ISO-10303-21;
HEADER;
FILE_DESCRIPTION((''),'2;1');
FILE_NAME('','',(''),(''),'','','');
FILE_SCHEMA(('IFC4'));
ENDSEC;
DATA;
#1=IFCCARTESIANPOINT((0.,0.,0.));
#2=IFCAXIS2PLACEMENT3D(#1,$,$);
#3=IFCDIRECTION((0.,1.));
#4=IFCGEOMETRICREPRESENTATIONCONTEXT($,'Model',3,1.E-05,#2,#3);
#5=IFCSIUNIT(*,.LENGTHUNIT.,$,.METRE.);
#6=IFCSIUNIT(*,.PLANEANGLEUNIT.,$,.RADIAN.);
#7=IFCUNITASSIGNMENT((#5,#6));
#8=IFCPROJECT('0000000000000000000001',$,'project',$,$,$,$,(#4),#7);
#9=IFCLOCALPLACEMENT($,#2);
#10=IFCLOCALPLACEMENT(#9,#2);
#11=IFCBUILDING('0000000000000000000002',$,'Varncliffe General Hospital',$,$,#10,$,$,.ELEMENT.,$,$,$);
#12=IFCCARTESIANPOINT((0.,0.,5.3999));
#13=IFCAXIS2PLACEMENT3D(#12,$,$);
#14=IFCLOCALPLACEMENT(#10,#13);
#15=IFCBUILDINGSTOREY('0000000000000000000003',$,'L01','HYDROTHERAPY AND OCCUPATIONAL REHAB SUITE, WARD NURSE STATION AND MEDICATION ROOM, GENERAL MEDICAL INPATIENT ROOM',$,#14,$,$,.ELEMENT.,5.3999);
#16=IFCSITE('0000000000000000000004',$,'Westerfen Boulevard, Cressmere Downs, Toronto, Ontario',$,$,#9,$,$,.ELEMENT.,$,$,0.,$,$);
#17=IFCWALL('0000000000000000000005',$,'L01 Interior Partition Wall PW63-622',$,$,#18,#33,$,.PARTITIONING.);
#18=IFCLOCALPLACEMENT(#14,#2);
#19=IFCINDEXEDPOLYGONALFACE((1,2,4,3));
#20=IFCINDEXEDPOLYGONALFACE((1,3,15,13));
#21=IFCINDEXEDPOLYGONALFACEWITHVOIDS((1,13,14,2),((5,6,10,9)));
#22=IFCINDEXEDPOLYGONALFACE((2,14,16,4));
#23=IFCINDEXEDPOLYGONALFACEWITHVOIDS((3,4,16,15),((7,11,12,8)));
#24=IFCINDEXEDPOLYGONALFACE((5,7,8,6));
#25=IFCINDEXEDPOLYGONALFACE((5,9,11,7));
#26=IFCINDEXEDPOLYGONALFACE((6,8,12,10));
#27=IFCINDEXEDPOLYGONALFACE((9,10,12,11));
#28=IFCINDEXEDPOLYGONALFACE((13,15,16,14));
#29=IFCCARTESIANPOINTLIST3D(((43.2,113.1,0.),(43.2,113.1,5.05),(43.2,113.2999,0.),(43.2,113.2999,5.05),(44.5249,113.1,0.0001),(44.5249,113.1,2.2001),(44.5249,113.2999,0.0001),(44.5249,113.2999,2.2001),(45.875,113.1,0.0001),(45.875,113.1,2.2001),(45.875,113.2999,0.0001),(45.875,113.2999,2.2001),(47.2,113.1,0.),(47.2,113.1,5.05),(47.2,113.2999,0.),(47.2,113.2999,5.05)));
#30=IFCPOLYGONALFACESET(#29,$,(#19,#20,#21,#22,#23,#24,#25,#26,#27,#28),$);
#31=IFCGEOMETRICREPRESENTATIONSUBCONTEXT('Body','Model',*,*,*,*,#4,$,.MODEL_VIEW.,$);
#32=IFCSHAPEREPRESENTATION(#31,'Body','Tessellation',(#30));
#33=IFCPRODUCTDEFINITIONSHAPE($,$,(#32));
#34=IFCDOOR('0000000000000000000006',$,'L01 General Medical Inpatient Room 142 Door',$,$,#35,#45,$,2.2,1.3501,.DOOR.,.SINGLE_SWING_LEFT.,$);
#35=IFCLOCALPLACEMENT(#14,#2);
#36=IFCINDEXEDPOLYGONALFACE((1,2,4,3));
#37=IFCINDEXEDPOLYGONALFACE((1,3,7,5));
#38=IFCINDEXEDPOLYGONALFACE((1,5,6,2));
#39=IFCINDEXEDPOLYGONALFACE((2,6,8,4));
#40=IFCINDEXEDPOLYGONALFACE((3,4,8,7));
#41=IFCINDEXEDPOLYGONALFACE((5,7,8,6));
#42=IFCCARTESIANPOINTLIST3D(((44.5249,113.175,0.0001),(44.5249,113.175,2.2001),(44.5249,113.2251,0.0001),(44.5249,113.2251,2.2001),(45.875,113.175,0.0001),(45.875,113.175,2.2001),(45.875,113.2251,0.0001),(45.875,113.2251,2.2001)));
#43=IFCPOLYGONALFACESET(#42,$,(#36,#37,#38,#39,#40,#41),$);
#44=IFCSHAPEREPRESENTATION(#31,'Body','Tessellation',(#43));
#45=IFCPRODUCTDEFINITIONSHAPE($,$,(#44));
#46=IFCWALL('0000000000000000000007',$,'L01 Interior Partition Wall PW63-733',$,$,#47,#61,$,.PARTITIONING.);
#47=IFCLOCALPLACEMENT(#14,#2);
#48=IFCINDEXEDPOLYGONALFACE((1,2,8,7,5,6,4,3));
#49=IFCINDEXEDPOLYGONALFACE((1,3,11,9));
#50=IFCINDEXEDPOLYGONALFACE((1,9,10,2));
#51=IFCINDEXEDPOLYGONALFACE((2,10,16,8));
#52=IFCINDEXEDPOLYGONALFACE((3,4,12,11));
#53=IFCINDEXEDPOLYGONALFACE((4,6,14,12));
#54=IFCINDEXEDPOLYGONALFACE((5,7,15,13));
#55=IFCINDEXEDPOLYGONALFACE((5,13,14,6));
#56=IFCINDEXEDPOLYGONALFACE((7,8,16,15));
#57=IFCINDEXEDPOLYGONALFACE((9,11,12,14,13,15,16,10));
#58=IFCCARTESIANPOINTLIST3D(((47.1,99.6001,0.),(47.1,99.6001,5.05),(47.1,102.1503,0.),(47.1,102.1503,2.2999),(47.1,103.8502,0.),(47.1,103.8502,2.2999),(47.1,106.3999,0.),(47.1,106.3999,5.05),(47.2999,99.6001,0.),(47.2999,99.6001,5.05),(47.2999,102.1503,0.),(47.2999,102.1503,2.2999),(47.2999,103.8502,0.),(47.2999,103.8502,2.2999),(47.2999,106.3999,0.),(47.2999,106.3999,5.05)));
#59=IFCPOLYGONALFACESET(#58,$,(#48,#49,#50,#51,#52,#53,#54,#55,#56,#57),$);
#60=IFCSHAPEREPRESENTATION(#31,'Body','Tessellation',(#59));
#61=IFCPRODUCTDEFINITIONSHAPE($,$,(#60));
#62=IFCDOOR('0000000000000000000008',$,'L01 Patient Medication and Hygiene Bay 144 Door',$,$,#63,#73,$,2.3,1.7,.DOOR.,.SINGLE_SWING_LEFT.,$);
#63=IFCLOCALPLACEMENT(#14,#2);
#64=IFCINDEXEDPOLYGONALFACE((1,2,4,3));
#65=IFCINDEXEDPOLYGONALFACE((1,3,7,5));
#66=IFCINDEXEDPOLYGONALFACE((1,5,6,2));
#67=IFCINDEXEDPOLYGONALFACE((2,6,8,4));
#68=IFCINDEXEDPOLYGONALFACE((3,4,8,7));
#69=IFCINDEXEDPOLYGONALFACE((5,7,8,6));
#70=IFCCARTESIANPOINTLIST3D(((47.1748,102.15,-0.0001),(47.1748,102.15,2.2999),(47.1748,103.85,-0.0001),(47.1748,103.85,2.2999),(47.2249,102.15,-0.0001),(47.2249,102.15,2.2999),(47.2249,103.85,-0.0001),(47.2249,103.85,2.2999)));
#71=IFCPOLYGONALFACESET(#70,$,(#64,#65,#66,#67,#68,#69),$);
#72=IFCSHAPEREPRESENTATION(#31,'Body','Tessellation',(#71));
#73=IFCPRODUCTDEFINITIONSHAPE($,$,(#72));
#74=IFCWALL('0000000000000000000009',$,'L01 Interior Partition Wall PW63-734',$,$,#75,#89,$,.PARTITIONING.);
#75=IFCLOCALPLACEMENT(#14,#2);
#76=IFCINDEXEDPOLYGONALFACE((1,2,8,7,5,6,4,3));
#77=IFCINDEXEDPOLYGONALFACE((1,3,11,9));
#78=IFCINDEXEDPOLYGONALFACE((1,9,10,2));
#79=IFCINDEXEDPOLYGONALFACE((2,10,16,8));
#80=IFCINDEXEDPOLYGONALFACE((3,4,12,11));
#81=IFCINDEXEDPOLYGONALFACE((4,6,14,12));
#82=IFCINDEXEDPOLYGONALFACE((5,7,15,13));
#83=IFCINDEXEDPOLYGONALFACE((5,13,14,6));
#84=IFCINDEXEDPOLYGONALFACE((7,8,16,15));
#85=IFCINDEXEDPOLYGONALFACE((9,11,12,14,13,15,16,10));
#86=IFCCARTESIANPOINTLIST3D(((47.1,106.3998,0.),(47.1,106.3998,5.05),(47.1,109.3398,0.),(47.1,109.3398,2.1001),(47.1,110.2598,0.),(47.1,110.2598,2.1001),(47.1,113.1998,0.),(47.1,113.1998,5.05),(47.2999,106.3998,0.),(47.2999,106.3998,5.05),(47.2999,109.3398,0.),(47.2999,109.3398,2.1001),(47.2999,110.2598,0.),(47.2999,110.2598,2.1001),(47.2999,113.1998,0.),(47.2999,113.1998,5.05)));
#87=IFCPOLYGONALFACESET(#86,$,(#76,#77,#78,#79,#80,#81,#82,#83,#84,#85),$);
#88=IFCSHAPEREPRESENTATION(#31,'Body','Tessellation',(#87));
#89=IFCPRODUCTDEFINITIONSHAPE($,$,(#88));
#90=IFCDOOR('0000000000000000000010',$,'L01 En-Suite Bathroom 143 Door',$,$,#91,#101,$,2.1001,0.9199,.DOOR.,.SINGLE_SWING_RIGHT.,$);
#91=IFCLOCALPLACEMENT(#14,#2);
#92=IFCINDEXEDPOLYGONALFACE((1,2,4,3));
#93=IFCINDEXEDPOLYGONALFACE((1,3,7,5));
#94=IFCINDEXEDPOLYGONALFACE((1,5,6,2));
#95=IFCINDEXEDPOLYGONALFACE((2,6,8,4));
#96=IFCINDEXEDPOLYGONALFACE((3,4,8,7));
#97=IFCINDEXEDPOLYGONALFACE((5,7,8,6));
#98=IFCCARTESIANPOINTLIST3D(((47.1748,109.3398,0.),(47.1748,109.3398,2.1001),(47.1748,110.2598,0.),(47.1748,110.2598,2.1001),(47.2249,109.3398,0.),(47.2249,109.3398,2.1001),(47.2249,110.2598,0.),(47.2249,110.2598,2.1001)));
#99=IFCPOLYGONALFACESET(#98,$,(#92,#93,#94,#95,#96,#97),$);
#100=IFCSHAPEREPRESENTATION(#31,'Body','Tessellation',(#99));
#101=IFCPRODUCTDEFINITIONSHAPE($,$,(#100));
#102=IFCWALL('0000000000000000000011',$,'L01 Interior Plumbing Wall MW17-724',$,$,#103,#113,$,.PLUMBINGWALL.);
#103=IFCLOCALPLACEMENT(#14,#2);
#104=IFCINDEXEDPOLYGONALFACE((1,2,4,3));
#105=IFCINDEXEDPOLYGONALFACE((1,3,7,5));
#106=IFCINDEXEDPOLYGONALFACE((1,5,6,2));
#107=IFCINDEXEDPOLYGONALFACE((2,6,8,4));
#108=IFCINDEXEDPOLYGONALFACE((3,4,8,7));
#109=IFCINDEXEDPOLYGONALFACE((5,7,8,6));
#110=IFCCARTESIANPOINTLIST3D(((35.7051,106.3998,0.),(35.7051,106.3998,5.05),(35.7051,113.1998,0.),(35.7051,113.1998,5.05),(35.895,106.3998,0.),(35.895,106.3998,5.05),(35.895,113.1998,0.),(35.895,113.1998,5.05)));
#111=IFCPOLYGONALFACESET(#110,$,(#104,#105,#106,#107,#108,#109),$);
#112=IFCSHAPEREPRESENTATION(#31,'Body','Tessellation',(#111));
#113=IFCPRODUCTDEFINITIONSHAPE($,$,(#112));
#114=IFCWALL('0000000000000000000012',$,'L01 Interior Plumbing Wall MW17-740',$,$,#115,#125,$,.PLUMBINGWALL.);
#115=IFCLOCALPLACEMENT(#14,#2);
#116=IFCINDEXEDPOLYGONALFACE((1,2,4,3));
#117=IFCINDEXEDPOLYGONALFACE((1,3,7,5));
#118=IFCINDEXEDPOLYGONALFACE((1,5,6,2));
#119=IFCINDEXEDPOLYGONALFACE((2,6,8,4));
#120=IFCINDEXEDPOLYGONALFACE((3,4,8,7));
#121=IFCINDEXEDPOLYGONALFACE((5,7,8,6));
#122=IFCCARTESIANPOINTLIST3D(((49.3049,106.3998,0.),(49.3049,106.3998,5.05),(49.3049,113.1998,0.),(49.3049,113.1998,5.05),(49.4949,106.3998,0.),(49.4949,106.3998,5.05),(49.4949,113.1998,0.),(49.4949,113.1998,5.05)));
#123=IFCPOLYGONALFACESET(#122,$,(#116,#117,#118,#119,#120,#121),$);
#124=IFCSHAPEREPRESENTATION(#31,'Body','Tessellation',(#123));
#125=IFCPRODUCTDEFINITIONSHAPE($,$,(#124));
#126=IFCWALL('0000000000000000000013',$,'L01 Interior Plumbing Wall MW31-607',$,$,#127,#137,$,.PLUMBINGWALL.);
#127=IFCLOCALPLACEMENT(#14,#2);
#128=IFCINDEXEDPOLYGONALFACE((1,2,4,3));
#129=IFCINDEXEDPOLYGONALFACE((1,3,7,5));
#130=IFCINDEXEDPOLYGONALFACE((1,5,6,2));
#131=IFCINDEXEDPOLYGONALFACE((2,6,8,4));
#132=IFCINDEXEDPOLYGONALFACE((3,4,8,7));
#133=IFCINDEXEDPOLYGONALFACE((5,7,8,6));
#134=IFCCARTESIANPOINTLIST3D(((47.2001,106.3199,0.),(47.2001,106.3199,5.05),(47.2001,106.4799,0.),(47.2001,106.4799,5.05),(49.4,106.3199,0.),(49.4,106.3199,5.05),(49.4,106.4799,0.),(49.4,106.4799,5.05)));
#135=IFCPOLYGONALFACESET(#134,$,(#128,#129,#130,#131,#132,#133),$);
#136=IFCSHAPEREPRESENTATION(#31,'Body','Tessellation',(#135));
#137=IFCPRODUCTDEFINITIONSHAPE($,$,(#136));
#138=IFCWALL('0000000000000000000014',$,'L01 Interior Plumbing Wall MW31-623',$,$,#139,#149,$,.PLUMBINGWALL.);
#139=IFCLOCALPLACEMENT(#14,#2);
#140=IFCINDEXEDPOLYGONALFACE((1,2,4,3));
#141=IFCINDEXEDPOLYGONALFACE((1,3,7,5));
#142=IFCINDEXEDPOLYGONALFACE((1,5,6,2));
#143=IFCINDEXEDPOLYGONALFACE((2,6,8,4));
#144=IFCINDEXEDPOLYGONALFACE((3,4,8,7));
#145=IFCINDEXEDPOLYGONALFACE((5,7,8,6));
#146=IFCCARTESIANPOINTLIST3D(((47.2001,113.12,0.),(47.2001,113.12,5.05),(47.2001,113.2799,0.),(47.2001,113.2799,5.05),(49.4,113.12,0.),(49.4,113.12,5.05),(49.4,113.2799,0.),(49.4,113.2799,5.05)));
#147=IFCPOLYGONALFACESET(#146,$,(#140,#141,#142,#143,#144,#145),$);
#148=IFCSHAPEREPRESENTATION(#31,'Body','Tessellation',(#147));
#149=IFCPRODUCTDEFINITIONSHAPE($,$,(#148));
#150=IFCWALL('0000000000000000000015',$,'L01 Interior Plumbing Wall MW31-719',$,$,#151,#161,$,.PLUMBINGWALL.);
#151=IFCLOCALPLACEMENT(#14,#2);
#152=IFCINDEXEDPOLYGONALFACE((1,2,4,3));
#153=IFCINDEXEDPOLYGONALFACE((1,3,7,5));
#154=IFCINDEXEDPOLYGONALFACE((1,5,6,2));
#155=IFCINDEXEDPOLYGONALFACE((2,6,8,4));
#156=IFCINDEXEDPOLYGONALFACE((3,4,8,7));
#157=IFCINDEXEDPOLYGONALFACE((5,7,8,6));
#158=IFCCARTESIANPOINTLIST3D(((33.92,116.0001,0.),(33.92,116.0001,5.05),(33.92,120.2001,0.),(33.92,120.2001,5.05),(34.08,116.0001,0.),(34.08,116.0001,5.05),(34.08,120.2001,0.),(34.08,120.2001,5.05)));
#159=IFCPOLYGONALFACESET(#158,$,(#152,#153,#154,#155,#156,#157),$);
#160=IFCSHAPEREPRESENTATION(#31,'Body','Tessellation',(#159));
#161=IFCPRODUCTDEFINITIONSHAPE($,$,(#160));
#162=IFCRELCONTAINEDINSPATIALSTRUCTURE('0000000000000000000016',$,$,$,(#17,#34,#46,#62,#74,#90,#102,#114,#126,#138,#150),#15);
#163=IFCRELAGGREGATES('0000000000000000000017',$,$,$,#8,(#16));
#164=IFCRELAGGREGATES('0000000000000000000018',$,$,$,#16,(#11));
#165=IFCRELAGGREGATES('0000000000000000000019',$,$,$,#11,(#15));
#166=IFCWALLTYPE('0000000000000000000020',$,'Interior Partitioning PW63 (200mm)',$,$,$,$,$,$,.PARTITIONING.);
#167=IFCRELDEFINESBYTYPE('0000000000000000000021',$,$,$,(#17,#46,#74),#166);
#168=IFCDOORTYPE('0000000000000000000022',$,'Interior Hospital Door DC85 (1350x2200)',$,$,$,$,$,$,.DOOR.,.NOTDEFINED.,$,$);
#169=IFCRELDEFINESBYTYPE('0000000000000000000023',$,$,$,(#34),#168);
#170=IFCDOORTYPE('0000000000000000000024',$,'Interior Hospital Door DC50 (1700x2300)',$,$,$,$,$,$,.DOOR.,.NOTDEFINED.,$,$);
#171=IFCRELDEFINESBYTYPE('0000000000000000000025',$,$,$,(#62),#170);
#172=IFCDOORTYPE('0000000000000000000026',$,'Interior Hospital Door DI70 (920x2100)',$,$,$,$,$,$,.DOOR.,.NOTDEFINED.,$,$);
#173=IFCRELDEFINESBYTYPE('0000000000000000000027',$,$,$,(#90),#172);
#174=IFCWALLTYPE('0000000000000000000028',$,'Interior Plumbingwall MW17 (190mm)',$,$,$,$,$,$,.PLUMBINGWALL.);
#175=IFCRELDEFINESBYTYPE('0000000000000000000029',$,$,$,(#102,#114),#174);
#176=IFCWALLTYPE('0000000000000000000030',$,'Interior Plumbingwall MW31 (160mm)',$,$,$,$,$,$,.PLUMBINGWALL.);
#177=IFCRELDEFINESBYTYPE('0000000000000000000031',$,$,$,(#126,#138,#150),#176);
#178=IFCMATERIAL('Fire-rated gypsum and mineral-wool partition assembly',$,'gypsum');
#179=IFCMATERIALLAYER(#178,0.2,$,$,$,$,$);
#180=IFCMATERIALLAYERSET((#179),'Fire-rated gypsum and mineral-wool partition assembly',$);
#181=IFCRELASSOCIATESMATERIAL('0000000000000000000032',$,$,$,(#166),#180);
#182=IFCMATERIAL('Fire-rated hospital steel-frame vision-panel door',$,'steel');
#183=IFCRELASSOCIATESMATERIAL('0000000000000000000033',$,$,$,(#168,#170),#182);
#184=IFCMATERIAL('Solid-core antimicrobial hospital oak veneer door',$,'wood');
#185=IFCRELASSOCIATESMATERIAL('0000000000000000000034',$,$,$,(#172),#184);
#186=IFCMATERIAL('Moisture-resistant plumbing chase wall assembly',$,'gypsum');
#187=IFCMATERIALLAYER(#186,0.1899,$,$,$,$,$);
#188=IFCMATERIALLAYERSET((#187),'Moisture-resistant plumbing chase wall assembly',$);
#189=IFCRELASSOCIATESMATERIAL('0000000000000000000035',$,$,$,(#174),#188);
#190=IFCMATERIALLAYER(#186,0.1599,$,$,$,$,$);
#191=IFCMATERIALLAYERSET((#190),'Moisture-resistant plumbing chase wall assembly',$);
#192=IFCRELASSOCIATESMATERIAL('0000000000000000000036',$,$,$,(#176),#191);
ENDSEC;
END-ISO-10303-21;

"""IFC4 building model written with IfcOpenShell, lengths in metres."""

from ifc_helpers import new_model, si_unit, direction, frame, frame_2d, origin, place, context, subcontext, project, spatial, rectangle, extrude, material, layer, layer_set, type_object, element, fill, save


model = new_model("IFC4")

# Units and contexts
model_context = context("Model", 3, precision=1e-05, world=origin(), true_north=direction((0.0, 1.0)))
body_context = subcontext(model_context, "Body", "Model", "MODEL_VIEW")
ifc_project = project(units=[si_unit("LENGTHUNIT", "METRE"), si_unit("PLANEANGLEUNIT", "RADIAN")], contexts=[model_context])

# Site, building, storey
site_placement = place(None, origin())
site = spatial("IfcSite", under=ifc_project, at=site_placement, Name="Westerfen Boulevard, Cressmere Downs, Toronto, Ontario", CompositionType="ELEMENT", RefElevation=0.0)
building_placement = place(site_placement, origin())
building = spatial("IfcBuilding", under=site, at=building_placement, Name="Varncliffe General Hospital", CompositionType="ELEMENT")
storey_placement = place(building_placement, frame((0.0, 0.0, 5.3999)))
storey = spatial("IfcBuildingStorey", under=building, at=storey_placement, Name="L01", Description="HYDROTHERAPY AND OCCUPATIONAL REHAB SUITE, WARD NURSE STATION AND MEDICATION ROOM, GENERAL MEDICAL INPATIENT ROOM", CompositionType="ELEMENT", Elevation=5.3999)

# Walls, openings, doors
ifc_material_1 = material(Name="Fire-rated gypsum and mineral-wool partition assembly", Category="gypsum")
ifc_layer_1 = layer(ifc_material_1, 0.2)
ifc_layer_set_1 = layer_set([ifc_layer_1], Name="Fire-rated gypsum and mineral-wool partition assembly")
wall_type_1 = type_object("IfcWallType", Name="Interior Partitioning PW63 (200mm)", PredefinedType="PARTITIONING", material=ifc_layer_set_1)
ifc_material_2 = material(Name="Fire-rated hospital steel-frame vision-panel door", Category="steel")
wall_1_placement = place(storey_placement, frame((43.2, 113.2, 0.0), z_axis=(0.0, 0.0, 1.0), x_axis=(1.0, 0.0, 0.0)))
wall_1 = element("IfcWall", 1, at=wall_1_placement, inside=storey, type_object=wall_type_1, Name="L01 Interior Partition Wall PW63-622", PredefinedType="PARTITIONING", context=body_context, shape_type="SweptSolid", body=[
    extrude(rectangle(XDim=4.0, YDim=0.2, at=frame_2d((2.0, 0.0))), origin(), (0.0, 0.0, 1.0), 5.05),
])
opening_1_placement = place(wall_1_placement, frame((1.325, 0.0, 0.0)))
opening_1 = element("IfcOpeningElement", 2, at=opening_1_placement, cuts=wall_1, PredefinedType="OPENING", context=body_context, shape_type="SweptSolid", body=[
    extrude(rectangle(XDim=1.3501, YDim=2.2, at=frame_2d((0.675, 1.1001))), frame((0.0, 0.1099, 0.0), z_axis=(0.0, -1.0, 0.0), x_axis=(1.0, 0.0, 0.0)), (0.0, 0.0, 1.0), 0.22),
])
door_type_1 = type_object("IfcDoorType", Name="Interior Hospital Door DC85 (1350x2200)", OperationType="NOTDEFINED", PredefinedType="DOOR", material=ifc_material_2)
door_1_placement = place(opening_1_placement, frame((1.3501, 0.0, 0.0), z_axis=(0.0, 0.0, 1.0), x_axis=(-1.0, 0.0, 0.0)))
door_1 = element("IfcDoor", 3, at=door_1_placement, inside=storey, type_object=door_type_1, Name="L01 General Medical Inpatient Room 142 Door", OperationType="SINGLE_SWING_LEFT", OverallHeight=2.2, OverallWidth=1.3501, PredefinedType="DOOR", context=body_context, shape_type="SweptSolid", body=[
    extrude(rectangle(XDim=1.3501, YDim=2.2, at=frame_2d((0.675, 1.1001))), frame((0.0, 0.0249, 0.0), z_axis=(0.0, -1.0, 0.0), x_axis=(1.0, 0.0, 0.0)), (0.0, 0.0, 1.0), 0.05),
])
fill(opening_1, door_1)
wall_2_placement = place(storey_placement, frame((47.2, 99.6001, 0.0), z_axis=(0.0, 0.0, 1.0), x_axis=(0.0, 1.0, 0.0)))
wall_2 = element("IfcWall", 4, at=wall_2_placement, inside=storey, type_object=wall_type_1, Name="L01 Interior Partition Wall PW63-733", PredefinedType="PARTITIONING", context=body_context, shape_type="SweptSolid", body=[
    extrude(rectangle(XDim=6.7998, YDim=0.2, at=frame_2d((3.3999, 0.0))), origin(), (0.0, 0.0, 1.0), 5.05),
])
opening_2_placement = place(wall_2_placement, frame((2.55, 0.0, 0.0)))
opening_2 = element("IfcOpeningElement", 5, at=opening_2_placement, cuts=wall_2, PredefinedType="OPENING", context=body_context, shape_type="SweptSolid", body=[
    extrude(rectangle(XDim=1.7, YDim=2.3, at=frame_2d((0.8501, 1.1499))), frame((0.0, 0.1099, 0.0), z_axis=(0.0, -1.0, 0.0), x_axis=(1.0, 0.0, 0.0)), (0.0, 0.0, 1.0), 0.22),
])
door_type_2 = type_object("IfcDoorType", Name="Interior Hospital Door DC50 (1700x2300)", OperationType="NOTDEFINED", PredefinedType="DOOR", material=ifc_material_2)
door_2_placement = place(opening_2_placement, frame((1.7, 0.0, 0.0), z_axis=(0.0, 0.0, 1.0), x_axis=(-1.0, 0.0, 0.0)))
door_2 = element("IfcDoor", 6, at=door_2_placement, inside=storey, type_object=door_type_2, Name="L01 Patient Medication and Hygiene Bay 144 Door", OperationType="SINGLE_SWING_LEFT", OverallHeight=2.3, OverallWidth=1.7, PredefinedType="DOOR", context=body_context, shape_type="SweptSolid", body=[
    extrude(rectangle(XDim=1.7, YDim=2.3, at=frame_2d((0.8501, 1.1499))), frame((0.0, 0.0249, 0.0), z_axis=(0.0, -1.0, 0.0), x_axis=(1.0, 0.0, 0.0)), (0.0, 0.0, 1.0), 0.05),
])
fill(opening_2, door_2)
wall_3_placement = place(storey_placement, frame((47.2, 106.3999, 0.0), z_axis=(0.0, 0.0, 1.0), x_axis=(0.0, 1.0, 0.0)))
wall_3 = element("IfcWall", 7, at=wall_3_placement, inside=storey, type_object=wall_type_1, Name="L01 Interior Partition Wall PW63-734", PredefinedType="PARTITIONING", context=body_context, shape_type="SweptSolid", body=[
    extrude(rectangle(XDim=6.8, YDim=0.2, at=frame_2d((3.3999, 0.0))), origin(), (0.0, 0.0, 1.0), 5.05),
])
opening_3_placement = place(wall_3_placement, frame((2.9399, 0.0, 0.0)))
opening_3 = element("IfcOpeningElement", 8, at=opening_3_placement, cuts=wall_3, PredefinedType="OPENING", context=body_context, shape_type="SweptSolid", body=[
    extrude(rectangle(XDim=0.9199, YDim=2.1001, at=frame_2d((0.46, 1.05))), frame((0.0, 0.1099, 0.0), z_axis=(0.0, -1.0, 0.0), x_axis=(1.0, 0.0, 0.0)), (0.0, 0.0, 1.0), 0.22),
])
ifc_material_3 = material(Name="Solid-core antimicrobial hospital oak veneer door", Category="wood")
door_type_3 = type_object("IfcDoorType", Name="Interior Hospital Door DI70 (920x2100)", OperationType="NOTDEFINED", PredefinedType="DOOR", material=ifc_material_3)
door_3_placement = place(opening_3_placement, frame((0.9199, 0.0, 0.0), z_axis=(0.0, 0.0, 1.0), x_axis=(-1.0, 0.0, 0.0)))
door_3 = element("IfcDoor", 9, at=door_3_placement, inside=storey, type_object=door_type_3, Name="L01 En-Suite Bathroom 143 Door", OperationType="SINGLE_SWING_RIGHT", OverallHeight=2.1001, OverallWidth=0.9199, PredefinedType="DOOR", context=body_context, shape_type="SweptSolid", body=[
    extrude(rectangle(XDim=0.9199, YDim=2.1001, at=frame_2d((0.46, 1.05))), frame((0.0, 0.0249, 0.0), z_axis=(0.0, -1.0, 0.0), x_axis=(1.0, 0.0, 0.0)), (0.0, 0.0, 1.0), 0.05),
])
fill(opening_3, door_3)

# Walls
ifc_material_4 = material(Name="Moisture-resistant plumbing chase wall assembly", Category="gypsum")
ifc_layer_2 = layer(ifc_material_4, 0.1899)
ifc_layer_set_2 = layer_set([ifc_layer_2], Name="Moisture-resistant plumbing chase wall assembly")
wall_type_2 = type_object("IfcWallType", Name="Interior Plumbingwall MW17 (190mm)", PredefinedType="PLUMBINGWALL", material=ifc_layer_set_2)
for number, where, z_axis, x_axis, name in (
    (10, (35.8, 106.3999, 0.0), (0.0, 0.0, 1.0), (0.0, 1.0, 0.0), "L01 Interior Plumbing Wall MW17-724"),
    (11, (49.3999, 106.3999, 0.0), (0.0, 0.0, 1.0), (0.0, 1.0, 0.0), "L01 Interior Plumbing Wall MW17-740"),
):
    element("IfcWall", number, at=place(storey_placement, frame(where, z_axis=z_axis, x_axis=x_axis)), inside=storey, type_object=wall_type_2, Name=name, PredefinedType="PLUMBINGWALL", context=body_context, shape_type="SweptSolid", body=[
        extrude(rectangle(XDim=6.8, YDim=0.1899, at=frame_2d((3.3999, 0.0))), origin(), (0.0, 0.0, 1.0), 5.05),
    ])
ifc_layer_3 = layer(ifc_material_4, 0.1599)
ifc_layer_set_3 = layer_set([ifc_layer_3], Name="Moisture-resistant plumbing chase wall assembly")
wall_type_3 = type_object("IfcWallType", Name="Interior Plumbingwall MW31 (160mm)", PredefinedType="PLUMBINGWALL", material=ifc_layer_set_3)
for number, where, z_axis, x_axis, name in (
    (12, (47.2, 106.3999, 0.0), (0.0, 0.0, 1.0), (1.0, 0.0, 0.0), "L01 Interior Plumbing Wall MW31-607"),
    (13, (47.2, 113.2, 0.0), (0.0, 0.0, 1.0), (1.0, 0.0, 0.0), "L01 Interior Plumbing Wall MW31-623"),
):
    element("IfcWall", number, at=place(storey_placement, frame(where, z_axis=z_axis, x_axis=x_axis)), inside=storey, type_object=wall_type_3, Name=name, PredefinedType="PLUMBINGWALL", context=body_context, shape_type="SweptSolid", body=[
        extrude(rectangle(XDim=2.2, YDim=0.1599, at=frame_2d((1.1001, 0.0))), origin(), (0.0, 0.0, 1.0), 5.05),
    ])
wall_4_placement = place(storey_placement, frame((34.0, 116.0, 0.0), z_axis=(0.0, 0.0, 1.0), x_axis=(0.0, 1.0, 0.0)))
element("IfcWall", 14, at=wall_4_placement, inside=storey, type_object=wall_type_3, Name="L01 Interior Plumbing Wall MW31-719", PredefinedType="PLUMBINGWALL", context=body_context, shape_type="SweptSolid", body=[
    extrude(rectangle(XDim=4.2, YDim=0.1599, at=frame_2d((2.1001, 0.0))), origin(), (0.0, 0.0, 1.0), 5.05),
])

save(model, "model.ifc")
